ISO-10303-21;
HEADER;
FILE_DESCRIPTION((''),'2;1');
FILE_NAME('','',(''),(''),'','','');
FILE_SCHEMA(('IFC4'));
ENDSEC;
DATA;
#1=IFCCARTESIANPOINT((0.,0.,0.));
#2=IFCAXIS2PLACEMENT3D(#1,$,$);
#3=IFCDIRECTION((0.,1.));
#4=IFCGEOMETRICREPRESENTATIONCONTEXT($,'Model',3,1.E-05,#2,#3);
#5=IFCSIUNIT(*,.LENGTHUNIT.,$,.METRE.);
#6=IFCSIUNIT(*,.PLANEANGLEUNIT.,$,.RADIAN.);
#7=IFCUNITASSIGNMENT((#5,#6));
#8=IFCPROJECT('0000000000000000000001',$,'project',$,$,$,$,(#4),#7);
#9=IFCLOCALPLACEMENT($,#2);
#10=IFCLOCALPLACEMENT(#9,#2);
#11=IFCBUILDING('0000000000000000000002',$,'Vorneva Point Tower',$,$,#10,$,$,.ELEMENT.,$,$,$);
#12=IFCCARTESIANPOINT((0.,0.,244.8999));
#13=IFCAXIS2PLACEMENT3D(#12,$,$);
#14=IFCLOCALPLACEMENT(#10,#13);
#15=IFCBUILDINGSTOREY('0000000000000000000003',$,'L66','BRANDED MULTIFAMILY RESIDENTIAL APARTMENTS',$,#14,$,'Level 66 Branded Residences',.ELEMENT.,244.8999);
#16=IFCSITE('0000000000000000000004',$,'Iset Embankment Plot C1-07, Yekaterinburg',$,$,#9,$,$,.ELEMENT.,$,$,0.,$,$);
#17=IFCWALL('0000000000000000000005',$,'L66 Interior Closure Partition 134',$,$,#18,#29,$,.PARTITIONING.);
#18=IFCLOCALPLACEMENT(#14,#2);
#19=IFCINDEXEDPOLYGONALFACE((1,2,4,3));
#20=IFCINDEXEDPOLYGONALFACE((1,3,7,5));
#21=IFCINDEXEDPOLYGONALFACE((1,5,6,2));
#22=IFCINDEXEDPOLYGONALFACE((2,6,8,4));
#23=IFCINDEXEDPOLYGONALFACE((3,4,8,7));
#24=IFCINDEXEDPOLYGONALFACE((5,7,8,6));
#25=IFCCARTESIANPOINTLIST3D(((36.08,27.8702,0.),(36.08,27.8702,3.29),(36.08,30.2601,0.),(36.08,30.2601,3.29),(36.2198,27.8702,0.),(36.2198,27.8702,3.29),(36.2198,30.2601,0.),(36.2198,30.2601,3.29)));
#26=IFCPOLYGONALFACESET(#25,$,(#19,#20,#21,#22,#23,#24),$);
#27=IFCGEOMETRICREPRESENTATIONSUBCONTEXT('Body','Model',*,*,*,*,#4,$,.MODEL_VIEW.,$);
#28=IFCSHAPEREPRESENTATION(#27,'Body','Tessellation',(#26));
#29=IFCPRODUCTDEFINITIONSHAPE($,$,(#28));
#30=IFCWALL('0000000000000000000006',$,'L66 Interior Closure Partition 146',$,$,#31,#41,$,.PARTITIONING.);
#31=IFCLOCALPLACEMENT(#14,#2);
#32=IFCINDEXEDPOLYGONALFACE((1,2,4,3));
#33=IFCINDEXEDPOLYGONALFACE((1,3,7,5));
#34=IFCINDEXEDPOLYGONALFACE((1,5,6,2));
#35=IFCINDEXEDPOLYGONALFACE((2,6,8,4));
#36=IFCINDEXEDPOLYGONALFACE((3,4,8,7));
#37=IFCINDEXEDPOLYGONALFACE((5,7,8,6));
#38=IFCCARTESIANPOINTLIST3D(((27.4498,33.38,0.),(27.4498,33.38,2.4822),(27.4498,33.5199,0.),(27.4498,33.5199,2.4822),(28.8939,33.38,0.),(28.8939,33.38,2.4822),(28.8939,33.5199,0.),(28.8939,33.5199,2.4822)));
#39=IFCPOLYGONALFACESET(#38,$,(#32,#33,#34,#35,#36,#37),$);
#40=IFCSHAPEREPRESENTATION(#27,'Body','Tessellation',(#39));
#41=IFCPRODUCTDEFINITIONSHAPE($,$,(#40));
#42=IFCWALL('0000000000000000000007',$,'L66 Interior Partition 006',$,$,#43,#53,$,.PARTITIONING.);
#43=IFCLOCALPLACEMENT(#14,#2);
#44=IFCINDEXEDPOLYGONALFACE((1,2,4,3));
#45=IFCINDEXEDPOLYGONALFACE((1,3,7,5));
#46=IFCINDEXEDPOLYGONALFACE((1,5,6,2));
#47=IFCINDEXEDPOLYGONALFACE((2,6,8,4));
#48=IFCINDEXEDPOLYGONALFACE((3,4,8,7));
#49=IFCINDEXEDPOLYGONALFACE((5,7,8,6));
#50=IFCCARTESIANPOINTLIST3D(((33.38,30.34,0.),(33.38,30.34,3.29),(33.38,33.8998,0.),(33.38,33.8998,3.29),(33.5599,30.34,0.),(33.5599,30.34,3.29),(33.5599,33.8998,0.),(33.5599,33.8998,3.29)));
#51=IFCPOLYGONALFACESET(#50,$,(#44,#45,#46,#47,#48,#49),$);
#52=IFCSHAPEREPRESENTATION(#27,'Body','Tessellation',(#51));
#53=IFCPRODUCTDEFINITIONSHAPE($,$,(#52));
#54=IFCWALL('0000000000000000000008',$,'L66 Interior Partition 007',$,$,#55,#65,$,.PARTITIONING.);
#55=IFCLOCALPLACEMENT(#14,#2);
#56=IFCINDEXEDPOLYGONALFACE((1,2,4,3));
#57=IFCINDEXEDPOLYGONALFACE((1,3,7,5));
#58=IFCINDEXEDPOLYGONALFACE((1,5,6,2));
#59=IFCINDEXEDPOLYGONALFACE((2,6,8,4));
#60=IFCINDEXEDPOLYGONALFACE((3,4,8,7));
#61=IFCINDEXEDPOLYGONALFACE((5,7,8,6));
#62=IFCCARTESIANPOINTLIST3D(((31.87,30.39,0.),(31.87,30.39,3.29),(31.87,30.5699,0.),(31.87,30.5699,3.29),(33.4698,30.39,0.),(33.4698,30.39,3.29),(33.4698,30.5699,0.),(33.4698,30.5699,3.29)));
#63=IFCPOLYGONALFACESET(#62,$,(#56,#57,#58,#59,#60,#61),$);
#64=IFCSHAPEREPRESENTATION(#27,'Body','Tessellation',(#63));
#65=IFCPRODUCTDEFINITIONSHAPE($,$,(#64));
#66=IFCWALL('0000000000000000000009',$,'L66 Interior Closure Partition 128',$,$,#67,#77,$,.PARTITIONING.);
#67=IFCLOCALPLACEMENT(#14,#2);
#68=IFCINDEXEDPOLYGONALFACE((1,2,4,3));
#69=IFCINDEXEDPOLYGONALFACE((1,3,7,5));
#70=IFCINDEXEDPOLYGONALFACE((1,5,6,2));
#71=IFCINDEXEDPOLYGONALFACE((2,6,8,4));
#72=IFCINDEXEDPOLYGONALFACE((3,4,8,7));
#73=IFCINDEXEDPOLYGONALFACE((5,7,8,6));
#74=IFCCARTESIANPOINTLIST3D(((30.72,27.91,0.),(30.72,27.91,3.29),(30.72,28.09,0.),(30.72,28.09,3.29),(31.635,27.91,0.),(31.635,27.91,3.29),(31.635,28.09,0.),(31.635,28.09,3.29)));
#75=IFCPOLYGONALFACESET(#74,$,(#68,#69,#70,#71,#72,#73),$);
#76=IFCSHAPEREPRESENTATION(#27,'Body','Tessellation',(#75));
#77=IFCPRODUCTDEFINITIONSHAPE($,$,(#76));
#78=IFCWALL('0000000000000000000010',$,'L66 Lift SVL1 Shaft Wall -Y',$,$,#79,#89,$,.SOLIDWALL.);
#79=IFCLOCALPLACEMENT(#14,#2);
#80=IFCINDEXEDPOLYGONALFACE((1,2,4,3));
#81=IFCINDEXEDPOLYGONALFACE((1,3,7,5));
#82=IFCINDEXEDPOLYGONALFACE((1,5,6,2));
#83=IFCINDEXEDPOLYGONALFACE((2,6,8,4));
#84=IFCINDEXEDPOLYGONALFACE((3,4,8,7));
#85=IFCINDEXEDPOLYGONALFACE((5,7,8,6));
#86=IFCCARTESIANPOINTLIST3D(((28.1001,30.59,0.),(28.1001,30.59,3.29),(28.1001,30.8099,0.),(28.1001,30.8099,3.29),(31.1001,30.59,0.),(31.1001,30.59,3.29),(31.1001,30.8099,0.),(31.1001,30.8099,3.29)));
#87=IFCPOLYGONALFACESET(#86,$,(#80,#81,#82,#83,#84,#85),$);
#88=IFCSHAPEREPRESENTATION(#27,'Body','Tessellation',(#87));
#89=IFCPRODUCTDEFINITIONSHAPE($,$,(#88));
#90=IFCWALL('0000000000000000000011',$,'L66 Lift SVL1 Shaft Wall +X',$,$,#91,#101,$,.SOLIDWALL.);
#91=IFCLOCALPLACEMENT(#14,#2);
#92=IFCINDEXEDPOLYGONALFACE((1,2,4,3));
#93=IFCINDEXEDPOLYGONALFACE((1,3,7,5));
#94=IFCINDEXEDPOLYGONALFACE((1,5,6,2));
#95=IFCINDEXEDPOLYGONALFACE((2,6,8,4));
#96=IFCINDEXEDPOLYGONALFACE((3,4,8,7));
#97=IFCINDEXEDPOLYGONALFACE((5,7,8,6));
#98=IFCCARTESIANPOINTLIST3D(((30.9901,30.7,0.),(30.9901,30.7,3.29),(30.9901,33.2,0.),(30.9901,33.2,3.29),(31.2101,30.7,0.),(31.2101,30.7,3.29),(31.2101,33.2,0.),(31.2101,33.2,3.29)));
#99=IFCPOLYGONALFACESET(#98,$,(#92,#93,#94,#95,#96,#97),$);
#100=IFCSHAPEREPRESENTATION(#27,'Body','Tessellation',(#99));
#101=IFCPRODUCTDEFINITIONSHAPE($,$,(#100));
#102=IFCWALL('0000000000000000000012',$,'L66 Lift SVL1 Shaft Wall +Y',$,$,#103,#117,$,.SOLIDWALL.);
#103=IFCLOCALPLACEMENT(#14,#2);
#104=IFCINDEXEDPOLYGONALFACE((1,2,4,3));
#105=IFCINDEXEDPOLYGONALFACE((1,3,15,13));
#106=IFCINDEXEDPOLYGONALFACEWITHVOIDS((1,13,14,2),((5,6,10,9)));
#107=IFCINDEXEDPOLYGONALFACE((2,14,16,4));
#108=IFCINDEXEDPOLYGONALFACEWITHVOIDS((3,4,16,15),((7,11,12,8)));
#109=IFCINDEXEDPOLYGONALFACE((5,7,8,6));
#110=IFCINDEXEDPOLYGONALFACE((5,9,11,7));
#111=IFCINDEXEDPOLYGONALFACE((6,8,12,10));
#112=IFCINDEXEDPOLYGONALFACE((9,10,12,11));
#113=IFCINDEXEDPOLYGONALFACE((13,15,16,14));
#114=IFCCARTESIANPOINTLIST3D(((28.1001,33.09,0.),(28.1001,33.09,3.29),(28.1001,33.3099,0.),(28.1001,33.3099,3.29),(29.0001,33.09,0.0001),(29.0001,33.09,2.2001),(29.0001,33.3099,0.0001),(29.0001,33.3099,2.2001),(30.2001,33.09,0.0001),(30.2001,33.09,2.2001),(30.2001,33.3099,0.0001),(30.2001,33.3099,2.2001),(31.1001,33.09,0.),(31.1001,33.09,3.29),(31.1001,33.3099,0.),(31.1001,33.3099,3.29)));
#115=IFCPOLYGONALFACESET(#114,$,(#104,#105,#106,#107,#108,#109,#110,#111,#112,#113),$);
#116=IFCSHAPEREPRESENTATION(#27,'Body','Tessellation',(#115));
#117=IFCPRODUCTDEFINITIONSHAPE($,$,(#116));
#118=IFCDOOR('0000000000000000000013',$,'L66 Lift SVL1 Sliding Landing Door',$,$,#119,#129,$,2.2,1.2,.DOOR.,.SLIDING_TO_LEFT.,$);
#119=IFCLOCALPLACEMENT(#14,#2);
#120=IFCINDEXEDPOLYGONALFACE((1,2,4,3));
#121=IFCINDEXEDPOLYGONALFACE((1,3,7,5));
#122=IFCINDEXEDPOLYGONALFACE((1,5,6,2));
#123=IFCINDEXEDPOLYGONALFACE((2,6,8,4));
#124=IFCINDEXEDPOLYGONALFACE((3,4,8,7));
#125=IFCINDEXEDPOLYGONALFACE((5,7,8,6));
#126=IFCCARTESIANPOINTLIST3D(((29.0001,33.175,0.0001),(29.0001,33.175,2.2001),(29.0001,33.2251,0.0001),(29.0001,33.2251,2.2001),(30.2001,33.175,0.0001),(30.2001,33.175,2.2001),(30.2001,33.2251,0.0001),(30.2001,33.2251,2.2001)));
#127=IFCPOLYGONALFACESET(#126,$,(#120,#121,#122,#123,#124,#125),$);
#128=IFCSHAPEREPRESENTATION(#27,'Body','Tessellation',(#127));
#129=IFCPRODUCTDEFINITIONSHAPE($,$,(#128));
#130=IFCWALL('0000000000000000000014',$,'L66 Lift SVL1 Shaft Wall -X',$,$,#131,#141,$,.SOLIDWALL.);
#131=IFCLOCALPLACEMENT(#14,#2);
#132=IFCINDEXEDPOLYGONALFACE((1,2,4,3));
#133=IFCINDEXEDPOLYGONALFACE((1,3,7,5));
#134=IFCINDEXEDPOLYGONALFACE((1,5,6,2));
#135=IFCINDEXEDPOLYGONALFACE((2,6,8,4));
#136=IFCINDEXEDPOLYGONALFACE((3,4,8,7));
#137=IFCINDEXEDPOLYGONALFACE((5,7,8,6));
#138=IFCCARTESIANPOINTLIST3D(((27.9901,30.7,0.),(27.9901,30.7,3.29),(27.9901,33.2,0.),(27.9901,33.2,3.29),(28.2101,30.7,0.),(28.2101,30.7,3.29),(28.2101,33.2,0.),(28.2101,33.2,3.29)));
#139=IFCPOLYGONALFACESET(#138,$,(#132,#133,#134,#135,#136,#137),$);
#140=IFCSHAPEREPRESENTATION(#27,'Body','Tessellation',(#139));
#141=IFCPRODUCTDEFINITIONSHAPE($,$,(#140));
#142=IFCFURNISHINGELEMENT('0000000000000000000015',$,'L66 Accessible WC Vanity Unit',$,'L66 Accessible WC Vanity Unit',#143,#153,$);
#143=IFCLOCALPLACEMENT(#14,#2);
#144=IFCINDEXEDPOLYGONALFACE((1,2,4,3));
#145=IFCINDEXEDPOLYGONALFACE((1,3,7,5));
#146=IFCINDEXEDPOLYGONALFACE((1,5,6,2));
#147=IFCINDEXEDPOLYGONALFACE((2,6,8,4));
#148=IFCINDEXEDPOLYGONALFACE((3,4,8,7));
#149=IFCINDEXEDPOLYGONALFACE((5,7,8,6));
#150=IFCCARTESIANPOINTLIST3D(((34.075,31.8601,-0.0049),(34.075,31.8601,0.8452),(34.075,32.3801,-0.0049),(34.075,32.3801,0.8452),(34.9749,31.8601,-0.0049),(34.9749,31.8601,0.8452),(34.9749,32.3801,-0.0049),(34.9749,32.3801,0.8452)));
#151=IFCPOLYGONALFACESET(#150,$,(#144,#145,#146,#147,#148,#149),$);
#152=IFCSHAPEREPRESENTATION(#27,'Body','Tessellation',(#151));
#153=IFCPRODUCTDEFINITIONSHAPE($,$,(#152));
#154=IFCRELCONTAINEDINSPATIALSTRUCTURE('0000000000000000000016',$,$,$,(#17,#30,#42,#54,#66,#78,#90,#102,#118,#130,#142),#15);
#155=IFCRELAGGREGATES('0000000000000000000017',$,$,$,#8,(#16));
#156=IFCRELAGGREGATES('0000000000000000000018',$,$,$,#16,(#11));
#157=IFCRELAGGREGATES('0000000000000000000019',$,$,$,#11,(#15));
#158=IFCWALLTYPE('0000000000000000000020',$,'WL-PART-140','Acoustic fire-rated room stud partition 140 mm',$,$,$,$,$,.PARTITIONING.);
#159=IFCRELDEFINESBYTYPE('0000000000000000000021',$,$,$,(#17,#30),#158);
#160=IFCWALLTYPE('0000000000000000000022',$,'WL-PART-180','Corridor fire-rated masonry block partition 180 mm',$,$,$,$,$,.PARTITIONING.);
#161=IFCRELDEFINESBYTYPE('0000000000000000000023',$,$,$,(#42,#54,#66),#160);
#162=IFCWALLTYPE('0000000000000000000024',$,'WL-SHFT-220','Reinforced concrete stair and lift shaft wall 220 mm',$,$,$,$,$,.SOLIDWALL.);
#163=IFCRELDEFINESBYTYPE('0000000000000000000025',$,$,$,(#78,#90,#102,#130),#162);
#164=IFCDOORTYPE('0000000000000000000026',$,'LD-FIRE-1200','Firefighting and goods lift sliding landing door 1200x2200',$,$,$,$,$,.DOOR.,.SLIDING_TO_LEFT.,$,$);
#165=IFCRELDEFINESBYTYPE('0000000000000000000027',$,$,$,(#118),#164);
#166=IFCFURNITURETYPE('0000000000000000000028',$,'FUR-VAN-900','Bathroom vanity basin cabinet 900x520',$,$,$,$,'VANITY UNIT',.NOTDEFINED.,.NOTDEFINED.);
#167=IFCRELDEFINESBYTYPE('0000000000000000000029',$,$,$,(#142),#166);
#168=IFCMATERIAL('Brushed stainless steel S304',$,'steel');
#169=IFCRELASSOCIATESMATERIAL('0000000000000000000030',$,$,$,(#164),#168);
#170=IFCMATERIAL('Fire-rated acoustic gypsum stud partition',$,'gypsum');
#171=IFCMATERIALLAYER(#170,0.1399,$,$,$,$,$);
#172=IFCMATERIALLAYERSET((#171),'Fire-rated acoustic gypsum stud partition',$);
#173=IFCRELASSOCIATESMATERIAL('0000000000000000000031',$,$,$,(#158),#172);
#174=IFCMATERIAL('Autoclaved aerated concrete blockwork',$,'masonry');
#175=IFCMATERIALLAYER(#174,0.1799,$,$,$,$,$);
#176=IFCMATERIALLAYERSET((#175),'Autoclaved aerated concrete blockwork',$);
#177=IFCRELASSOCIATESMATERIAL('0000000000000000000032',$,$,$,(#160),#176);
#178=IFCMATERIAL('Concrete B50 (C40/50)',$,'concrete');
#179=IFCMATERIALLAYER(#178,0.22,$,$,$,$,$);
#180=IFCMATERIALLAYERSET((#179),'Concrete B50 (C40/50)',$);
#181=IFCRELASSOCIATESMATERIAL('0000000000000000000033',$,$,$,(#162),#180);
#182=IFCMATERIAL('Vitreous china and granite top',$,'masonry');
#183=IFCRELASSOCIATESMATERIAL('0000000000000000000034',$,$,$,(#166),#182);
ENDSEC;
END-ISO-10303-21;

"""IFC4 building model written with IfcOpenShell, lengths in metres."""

from ifc_helpers import new_model, si_unit, direction, frame, frame_2d, origin, origin_2d, place, context, subcontext, project, spatial, rectangle, extrude, material, layer, layer_set, type_object, element, fill, save


model = new_model("IFC4")

# Units and contexts
model_context = context("Model", 3, precision=1e-05, world=origin(), true_north=direction((0.0, 1.0)))
body_context = subcontext(model_context, "Body", "Model", "MODEL_VIEW")
ifc_project = project(units=[si_unit("LENGTHUNIT", "METRE"), si_unit("PLANEANGLEUNIT", "RADIAN")], contexts=[model_context])

# Site, building, storey
site_placement = place(None, origin())
site = spatial("IfcSite", under=ifc_project, at=site_placement, Name="Iset Embankment Plot C1-07, Yekaterinburg", CompositionType="ELEMENT", RefElevation=0.0)
building_placement = place(site_placement, origin())
building = spatial("IfcBuilding", under=site, at=building_placement, Name="Vorneva Point Tower", CompositionType="ELEMENT")
storey_placement = place(building_placement, frame((0.0, 0.0, 244.8999)))
storey = spatial("IfcBuildingStorey", under=building, at=storey_placement, Name="L66", Description="BRANDED MULTIFAMILY RESIDENTIAL APARTMENTS", LongName="Level 66 Branded Residences", CompositionType="ELEMENT", Elevation=244.8999)

# Shared definitions
ifc_material_1 = material(Name="Concrete B50 (C40/50)", Category="concrete")

# Shared definitions
ifc_material_2 = material(Name="Brushed stainless steel S304", Category="steel")
door_type_1 = type_object("IfcDoorType", Name="LD-FIRE-1200", Description="Firefighting and goods lift sliding landing door 1200x2200", OperationType="SLIDING_TO_LEFT", PredefinedType="DOOR", material=ifc_material_2)

# Walls
ifc_material_3 = material(Name="Fire-rated acoustic gypsum stud partition", Category="gypsum")
ifc_layer_1 = layer(ifc_material_3, 0.1399)
ifc_layer_set_1 = layer_set([ifc_layer_1], Name="Fire-rated acoustic gypsum stud partition")
wall_type_1 = type_object("IfcWallType", Name="WL-PART-140", Description="Acoustic fire-rated room stud partition 140 mm", PredefinedType="PARTITIONING", material=ifc_layer_set_1)
for number, where, z_axis, x_axis, name in (
    (1, (36.1499, 30.26, 0.0), (0.0, 0.0, 1.0), (0.0, -1.0, 0.0), "L66 Interior Closure Partition 134"),
):
    element("IfcWall", number, at=place(storey_placement, frame(where, z_axis=z_axis, x_axis=x_axis)), inside=storey, type_object=wall_type_1, Name=name, PredefinedType="PARTITIONING", context=body_context, shape_type="SweptSolid", body=[
        extrude(rectangle(XDim=2.3899, YDim=0.1399, at=frame_2d((1.1948, 0.0))), origin(), (0.0, 0.0, 1.0), 3.29),
    ])
wall_1_placement = place(storey_placement, frame((28.894, 33.45, 0.0), z_axis=(0.0, 0.0, 1.0), x_axis=(-1.0, 0.0, 0.0)))
element("IfcWall", 2, at=wall_1_placement, inside=storey, type_object=wall_type_1, Name="L66 Interior Closure Partition 146", PredefinedType="PARTITIONING", context=body_context, shape_type="SweptSolid", body=[
    extrude(rectangle(XDim=1.4441, YDim=0.1399, at=frame_2d((0.7222, 0.0))), origin(), (0.0, 0.0, 1.0), 2.4822),
])

# Shared definitions
ifc_material_4 = material(Name="Autoclaved aerated concrete blockwork", Category="masonry")
ifc_layer_2 = layer(ifc_material_4, 0.1799)
ifc_layer_set_2 = layer_set([ifc_layer_2], Name="Autoclaved aerated concrete blockwork")
wall_type_2 = type_object("IfcWallType", Name="WL-PART-180", Description="Corridor fire-rated masonry block partition 180 mm", PredefinedType="PARTITIONING", material=ifc_layer_set_2)

# Walls
wall_2_placement = place(storey_placement, frame((33.47, 30.3401, 0.0), z_axis=(0.0, 0.0, 1.0), x_axis=(0.0, 1.0, 0.0)))
element("IfcWall", 3, at=wall_2_placement, inside=storey, type_object=wall_type_2, Name="L66 Interior Partition 006", PredefinedType="PARTITIONING", context=body_context, shape_type="SweptSolid", body=[
    extrude(rectangle(XDim=3.5598, YDim=0.1799, at=frame_2d((1.7798, 0.0))), origin(), (0.0, 0.0, 1.0), 3.29),
])
wall_3_placement = place(storey_placement, frame((31.8701, 30.48, 0.0), z_axis=(0.0, 0.0, 1.0), x_axis=(1.0, 0.0, 0.0)))
element("IfcWall", 4, at=wall_3_placement, inside=storey, type_object=wall_type_2, Name="L66 Interior Partition 007", PredefinedType="PARTITIONING", context=body_context, shape_type="SweptSolid", body=[
    extrude(rectangle(XDim=1.5999, YDim=0.1799, at=frame_2d((0.7998, 0.0))), origin(), (0.0, 0.0, 1.0), 3.29),
])

# Walls
wall_4_placement = place(storey_placement, frame((31.635, 28.0, 0.0), z_axis=(0.0, 0.0, 1.0), x_axis=(-1.0, 0.0, 0.0)))
element("IfcWall", 5, at=wall_4_placement, inside=storey, type_object=wall_type_2, Name="L66 Interior Closure Partition 128", PredefinedType="PARTITIONING", context=body_context, shape_type="SweptSolid", body=[
    extrude(rectangle(XDim=0.915, YDim=0.1799, at=frame_2d((0.4575, 0.0))), origin(), (0.0, 0.0, 1.0), 3.29),
])
ifc_layer_3 = layer(ifc_material_1, 0.22)
ifc_layer_set_3 = layer_set([ifc_layer_3], Name="Concrete B50 (C40/50)")
wall_type_3 = type_object("IfcWallType", Name="WL-SHFT-220", Description="Reinforced concrete stair and lift shaft wall 220 mm", PredefinedType="SOLIDWALL", material=ifc_layer_set_3)
wall_5_placement = place(storey_placement, frame((28.1001, 30.7, 0.0), z_axis=(0.0, 0.0, 1.0), x_axis=(1.0, 0.0, 0.0)))
element("IfcWall", 6, at=wall_5_placement, inside=storey, type_object=wall_type_3, Name="L66 Lift SVL1 Shaft Wall -Y", PredefinedType="SOLIDWALL", context=body_context, shape_type="SweptSolid", body=[
    extrude(rectangle(XDim=3.0, YDim=0.22, at=frame_2d((1.5, 0.0))), origin(), (0.0, 0.0, 1.0), 3.29),
])
wall_6_placement = place(storey_placement, frame((31.1001, 30.7, 0.0), z_axis=(0.0, 0.0, 1.0), x_axis=(0.0, 1.0, 0.0)))
element("IfcWall", 7, at=wall_6_placement, inside=storey, type_object=wall_type_3, Name="L66 Lift SVL1 Shaft Wall +X", PredefinedType="SOLIDWALL", context=body_context, shape_type="SweptSolid", body=[
    extrude(rectangle(XDim=2.5, YDim=0.22, at=frame_2d((1.25, 0.0))), origin(), (0.0, 0.0, 1.0), 3.29),
])

# Wall, opening, door
wall_7_placement = place(storey_placement, frame((31.1001, 33.2, 0.0), z_axis=(0.0, 0.0, 1.0), x_axis=(-1.0, 0.0, 0.0)))
wall_7 = element("IfcWall", 8, at=wall_7_placement, inside=storey, type_object=wall_type_3, Name="L66 Lift SVL1 Shaft Wall +Y", PredefinedType="SOLIDWALL", context=body_context, shape_type="SweptSolid", body=[
    extrude(rectangle(XDim=3.0, YDim=0.22, at=frame_2d((1.5, 0.0))), origin(), (0.0, 0.0, 1.0), 3.29),
])
opening_1_placement = place(wall_7_placement, frame((0.8999, 0.0, 0.0)))
opening_1 = element("IfcOpeningElement", 9, at=opening_1_placement, cuts=wall_7, PredefinedType="OPENING", context=body_context, shape_type="SweptSolid", body=[
    extrude(rectangle(XDim=1.2, YDim=2.2, at=frame_2d((0.6001, 1.1001))), frame((0.0, 0.125, 0.0), z_axis=(0.0, -1.0, 0.0), x_axis=(1.0, 0.0, 0.0)), (0.0, 0.0, 1.0), 0.2498),
])
door_1_placement = place(opening_1_placement, origin())
door_1 = element("IfcDoor", 10, at=door_1_placement, inside=storey, type_object=door_type_1, Name="L66 Lift SVL1 Sliding Landing Door", OperationType="SLIDING_TO_LEFT", OverallHeight=2.2, OverallWidth=1.2, PredefinedType="DOOR", context=body_context, shape_type="SweptSolid", body=[
    extrude(rectangle(XDim=1.2, YDim=2.2, at=frame_2d((0.6001, 1.1001))), frame((0.0, 0.0249, 0.0), z_axis=(0.0, -1.0, 0.0), x_axis=(1.0, 0.0, 0.0)), (0.0, 0.0, 1.0), 0.05),
])
fill(opening_1, door_1)

# Wall
wall_8_placement = place(storey_placement, frame((28.1001, 33.2, 0.0), z_axis=(0.0, 0.0, 1.0), x_axis=(0.0, -1.0, 0.0)))
element("IfcWall", 11, at=wall_8_placement, inside=storey, type_object=wall_type_3, Name="L66 Lift SVL1 Shaft Wall -X", PredefinedType="SOLIDWALL", context=body_context, shape_type="SweptSolid", body=[
    extrude(rectangle(XDim=2.5, YDim=0.22, at=frame_2d((1.25, 0.0))), origin(), (0.0, 0.0, 1.0), 3.29),
])

# Furnishing element
ifc_material_5 = material(Name="Vitreous china and granite top", Category="masonry")
furniture_type = type_object("IfcFurnitureType", Name="FUR-VAN-900", Description="Bathroom vanity basin cabinet 900x520", ElementType="VANITY UNIT", AssemblyPlace="NOTDEFINED", PredefinedType="NOTDEFINED", material=ifc_material_5)
furnishing_placement = place(storey_placement, frame((34.5249, 32.1201, -0.0049), z_axis=(0.0, 0.0, 1.0), x_axis=(1.0, 0.0, 0.0)))
element("IfcFurnishingElement", 12, at=furnishing_placement, inside=storey, type_object=furniture_type, Name="L66 Accessible WC Vanity Unit", ObjectType="L66 Accessible WC Vanity Unit", context=body_context, shape_type="SweptSolid", body=[
    extrude(rectangle(XDim=0.8999, YDim=0.52, at=origin_2d()), origin(), (0.0, 0.0, 1.0), 0.8501),
])

save(model, "model.ifc")
